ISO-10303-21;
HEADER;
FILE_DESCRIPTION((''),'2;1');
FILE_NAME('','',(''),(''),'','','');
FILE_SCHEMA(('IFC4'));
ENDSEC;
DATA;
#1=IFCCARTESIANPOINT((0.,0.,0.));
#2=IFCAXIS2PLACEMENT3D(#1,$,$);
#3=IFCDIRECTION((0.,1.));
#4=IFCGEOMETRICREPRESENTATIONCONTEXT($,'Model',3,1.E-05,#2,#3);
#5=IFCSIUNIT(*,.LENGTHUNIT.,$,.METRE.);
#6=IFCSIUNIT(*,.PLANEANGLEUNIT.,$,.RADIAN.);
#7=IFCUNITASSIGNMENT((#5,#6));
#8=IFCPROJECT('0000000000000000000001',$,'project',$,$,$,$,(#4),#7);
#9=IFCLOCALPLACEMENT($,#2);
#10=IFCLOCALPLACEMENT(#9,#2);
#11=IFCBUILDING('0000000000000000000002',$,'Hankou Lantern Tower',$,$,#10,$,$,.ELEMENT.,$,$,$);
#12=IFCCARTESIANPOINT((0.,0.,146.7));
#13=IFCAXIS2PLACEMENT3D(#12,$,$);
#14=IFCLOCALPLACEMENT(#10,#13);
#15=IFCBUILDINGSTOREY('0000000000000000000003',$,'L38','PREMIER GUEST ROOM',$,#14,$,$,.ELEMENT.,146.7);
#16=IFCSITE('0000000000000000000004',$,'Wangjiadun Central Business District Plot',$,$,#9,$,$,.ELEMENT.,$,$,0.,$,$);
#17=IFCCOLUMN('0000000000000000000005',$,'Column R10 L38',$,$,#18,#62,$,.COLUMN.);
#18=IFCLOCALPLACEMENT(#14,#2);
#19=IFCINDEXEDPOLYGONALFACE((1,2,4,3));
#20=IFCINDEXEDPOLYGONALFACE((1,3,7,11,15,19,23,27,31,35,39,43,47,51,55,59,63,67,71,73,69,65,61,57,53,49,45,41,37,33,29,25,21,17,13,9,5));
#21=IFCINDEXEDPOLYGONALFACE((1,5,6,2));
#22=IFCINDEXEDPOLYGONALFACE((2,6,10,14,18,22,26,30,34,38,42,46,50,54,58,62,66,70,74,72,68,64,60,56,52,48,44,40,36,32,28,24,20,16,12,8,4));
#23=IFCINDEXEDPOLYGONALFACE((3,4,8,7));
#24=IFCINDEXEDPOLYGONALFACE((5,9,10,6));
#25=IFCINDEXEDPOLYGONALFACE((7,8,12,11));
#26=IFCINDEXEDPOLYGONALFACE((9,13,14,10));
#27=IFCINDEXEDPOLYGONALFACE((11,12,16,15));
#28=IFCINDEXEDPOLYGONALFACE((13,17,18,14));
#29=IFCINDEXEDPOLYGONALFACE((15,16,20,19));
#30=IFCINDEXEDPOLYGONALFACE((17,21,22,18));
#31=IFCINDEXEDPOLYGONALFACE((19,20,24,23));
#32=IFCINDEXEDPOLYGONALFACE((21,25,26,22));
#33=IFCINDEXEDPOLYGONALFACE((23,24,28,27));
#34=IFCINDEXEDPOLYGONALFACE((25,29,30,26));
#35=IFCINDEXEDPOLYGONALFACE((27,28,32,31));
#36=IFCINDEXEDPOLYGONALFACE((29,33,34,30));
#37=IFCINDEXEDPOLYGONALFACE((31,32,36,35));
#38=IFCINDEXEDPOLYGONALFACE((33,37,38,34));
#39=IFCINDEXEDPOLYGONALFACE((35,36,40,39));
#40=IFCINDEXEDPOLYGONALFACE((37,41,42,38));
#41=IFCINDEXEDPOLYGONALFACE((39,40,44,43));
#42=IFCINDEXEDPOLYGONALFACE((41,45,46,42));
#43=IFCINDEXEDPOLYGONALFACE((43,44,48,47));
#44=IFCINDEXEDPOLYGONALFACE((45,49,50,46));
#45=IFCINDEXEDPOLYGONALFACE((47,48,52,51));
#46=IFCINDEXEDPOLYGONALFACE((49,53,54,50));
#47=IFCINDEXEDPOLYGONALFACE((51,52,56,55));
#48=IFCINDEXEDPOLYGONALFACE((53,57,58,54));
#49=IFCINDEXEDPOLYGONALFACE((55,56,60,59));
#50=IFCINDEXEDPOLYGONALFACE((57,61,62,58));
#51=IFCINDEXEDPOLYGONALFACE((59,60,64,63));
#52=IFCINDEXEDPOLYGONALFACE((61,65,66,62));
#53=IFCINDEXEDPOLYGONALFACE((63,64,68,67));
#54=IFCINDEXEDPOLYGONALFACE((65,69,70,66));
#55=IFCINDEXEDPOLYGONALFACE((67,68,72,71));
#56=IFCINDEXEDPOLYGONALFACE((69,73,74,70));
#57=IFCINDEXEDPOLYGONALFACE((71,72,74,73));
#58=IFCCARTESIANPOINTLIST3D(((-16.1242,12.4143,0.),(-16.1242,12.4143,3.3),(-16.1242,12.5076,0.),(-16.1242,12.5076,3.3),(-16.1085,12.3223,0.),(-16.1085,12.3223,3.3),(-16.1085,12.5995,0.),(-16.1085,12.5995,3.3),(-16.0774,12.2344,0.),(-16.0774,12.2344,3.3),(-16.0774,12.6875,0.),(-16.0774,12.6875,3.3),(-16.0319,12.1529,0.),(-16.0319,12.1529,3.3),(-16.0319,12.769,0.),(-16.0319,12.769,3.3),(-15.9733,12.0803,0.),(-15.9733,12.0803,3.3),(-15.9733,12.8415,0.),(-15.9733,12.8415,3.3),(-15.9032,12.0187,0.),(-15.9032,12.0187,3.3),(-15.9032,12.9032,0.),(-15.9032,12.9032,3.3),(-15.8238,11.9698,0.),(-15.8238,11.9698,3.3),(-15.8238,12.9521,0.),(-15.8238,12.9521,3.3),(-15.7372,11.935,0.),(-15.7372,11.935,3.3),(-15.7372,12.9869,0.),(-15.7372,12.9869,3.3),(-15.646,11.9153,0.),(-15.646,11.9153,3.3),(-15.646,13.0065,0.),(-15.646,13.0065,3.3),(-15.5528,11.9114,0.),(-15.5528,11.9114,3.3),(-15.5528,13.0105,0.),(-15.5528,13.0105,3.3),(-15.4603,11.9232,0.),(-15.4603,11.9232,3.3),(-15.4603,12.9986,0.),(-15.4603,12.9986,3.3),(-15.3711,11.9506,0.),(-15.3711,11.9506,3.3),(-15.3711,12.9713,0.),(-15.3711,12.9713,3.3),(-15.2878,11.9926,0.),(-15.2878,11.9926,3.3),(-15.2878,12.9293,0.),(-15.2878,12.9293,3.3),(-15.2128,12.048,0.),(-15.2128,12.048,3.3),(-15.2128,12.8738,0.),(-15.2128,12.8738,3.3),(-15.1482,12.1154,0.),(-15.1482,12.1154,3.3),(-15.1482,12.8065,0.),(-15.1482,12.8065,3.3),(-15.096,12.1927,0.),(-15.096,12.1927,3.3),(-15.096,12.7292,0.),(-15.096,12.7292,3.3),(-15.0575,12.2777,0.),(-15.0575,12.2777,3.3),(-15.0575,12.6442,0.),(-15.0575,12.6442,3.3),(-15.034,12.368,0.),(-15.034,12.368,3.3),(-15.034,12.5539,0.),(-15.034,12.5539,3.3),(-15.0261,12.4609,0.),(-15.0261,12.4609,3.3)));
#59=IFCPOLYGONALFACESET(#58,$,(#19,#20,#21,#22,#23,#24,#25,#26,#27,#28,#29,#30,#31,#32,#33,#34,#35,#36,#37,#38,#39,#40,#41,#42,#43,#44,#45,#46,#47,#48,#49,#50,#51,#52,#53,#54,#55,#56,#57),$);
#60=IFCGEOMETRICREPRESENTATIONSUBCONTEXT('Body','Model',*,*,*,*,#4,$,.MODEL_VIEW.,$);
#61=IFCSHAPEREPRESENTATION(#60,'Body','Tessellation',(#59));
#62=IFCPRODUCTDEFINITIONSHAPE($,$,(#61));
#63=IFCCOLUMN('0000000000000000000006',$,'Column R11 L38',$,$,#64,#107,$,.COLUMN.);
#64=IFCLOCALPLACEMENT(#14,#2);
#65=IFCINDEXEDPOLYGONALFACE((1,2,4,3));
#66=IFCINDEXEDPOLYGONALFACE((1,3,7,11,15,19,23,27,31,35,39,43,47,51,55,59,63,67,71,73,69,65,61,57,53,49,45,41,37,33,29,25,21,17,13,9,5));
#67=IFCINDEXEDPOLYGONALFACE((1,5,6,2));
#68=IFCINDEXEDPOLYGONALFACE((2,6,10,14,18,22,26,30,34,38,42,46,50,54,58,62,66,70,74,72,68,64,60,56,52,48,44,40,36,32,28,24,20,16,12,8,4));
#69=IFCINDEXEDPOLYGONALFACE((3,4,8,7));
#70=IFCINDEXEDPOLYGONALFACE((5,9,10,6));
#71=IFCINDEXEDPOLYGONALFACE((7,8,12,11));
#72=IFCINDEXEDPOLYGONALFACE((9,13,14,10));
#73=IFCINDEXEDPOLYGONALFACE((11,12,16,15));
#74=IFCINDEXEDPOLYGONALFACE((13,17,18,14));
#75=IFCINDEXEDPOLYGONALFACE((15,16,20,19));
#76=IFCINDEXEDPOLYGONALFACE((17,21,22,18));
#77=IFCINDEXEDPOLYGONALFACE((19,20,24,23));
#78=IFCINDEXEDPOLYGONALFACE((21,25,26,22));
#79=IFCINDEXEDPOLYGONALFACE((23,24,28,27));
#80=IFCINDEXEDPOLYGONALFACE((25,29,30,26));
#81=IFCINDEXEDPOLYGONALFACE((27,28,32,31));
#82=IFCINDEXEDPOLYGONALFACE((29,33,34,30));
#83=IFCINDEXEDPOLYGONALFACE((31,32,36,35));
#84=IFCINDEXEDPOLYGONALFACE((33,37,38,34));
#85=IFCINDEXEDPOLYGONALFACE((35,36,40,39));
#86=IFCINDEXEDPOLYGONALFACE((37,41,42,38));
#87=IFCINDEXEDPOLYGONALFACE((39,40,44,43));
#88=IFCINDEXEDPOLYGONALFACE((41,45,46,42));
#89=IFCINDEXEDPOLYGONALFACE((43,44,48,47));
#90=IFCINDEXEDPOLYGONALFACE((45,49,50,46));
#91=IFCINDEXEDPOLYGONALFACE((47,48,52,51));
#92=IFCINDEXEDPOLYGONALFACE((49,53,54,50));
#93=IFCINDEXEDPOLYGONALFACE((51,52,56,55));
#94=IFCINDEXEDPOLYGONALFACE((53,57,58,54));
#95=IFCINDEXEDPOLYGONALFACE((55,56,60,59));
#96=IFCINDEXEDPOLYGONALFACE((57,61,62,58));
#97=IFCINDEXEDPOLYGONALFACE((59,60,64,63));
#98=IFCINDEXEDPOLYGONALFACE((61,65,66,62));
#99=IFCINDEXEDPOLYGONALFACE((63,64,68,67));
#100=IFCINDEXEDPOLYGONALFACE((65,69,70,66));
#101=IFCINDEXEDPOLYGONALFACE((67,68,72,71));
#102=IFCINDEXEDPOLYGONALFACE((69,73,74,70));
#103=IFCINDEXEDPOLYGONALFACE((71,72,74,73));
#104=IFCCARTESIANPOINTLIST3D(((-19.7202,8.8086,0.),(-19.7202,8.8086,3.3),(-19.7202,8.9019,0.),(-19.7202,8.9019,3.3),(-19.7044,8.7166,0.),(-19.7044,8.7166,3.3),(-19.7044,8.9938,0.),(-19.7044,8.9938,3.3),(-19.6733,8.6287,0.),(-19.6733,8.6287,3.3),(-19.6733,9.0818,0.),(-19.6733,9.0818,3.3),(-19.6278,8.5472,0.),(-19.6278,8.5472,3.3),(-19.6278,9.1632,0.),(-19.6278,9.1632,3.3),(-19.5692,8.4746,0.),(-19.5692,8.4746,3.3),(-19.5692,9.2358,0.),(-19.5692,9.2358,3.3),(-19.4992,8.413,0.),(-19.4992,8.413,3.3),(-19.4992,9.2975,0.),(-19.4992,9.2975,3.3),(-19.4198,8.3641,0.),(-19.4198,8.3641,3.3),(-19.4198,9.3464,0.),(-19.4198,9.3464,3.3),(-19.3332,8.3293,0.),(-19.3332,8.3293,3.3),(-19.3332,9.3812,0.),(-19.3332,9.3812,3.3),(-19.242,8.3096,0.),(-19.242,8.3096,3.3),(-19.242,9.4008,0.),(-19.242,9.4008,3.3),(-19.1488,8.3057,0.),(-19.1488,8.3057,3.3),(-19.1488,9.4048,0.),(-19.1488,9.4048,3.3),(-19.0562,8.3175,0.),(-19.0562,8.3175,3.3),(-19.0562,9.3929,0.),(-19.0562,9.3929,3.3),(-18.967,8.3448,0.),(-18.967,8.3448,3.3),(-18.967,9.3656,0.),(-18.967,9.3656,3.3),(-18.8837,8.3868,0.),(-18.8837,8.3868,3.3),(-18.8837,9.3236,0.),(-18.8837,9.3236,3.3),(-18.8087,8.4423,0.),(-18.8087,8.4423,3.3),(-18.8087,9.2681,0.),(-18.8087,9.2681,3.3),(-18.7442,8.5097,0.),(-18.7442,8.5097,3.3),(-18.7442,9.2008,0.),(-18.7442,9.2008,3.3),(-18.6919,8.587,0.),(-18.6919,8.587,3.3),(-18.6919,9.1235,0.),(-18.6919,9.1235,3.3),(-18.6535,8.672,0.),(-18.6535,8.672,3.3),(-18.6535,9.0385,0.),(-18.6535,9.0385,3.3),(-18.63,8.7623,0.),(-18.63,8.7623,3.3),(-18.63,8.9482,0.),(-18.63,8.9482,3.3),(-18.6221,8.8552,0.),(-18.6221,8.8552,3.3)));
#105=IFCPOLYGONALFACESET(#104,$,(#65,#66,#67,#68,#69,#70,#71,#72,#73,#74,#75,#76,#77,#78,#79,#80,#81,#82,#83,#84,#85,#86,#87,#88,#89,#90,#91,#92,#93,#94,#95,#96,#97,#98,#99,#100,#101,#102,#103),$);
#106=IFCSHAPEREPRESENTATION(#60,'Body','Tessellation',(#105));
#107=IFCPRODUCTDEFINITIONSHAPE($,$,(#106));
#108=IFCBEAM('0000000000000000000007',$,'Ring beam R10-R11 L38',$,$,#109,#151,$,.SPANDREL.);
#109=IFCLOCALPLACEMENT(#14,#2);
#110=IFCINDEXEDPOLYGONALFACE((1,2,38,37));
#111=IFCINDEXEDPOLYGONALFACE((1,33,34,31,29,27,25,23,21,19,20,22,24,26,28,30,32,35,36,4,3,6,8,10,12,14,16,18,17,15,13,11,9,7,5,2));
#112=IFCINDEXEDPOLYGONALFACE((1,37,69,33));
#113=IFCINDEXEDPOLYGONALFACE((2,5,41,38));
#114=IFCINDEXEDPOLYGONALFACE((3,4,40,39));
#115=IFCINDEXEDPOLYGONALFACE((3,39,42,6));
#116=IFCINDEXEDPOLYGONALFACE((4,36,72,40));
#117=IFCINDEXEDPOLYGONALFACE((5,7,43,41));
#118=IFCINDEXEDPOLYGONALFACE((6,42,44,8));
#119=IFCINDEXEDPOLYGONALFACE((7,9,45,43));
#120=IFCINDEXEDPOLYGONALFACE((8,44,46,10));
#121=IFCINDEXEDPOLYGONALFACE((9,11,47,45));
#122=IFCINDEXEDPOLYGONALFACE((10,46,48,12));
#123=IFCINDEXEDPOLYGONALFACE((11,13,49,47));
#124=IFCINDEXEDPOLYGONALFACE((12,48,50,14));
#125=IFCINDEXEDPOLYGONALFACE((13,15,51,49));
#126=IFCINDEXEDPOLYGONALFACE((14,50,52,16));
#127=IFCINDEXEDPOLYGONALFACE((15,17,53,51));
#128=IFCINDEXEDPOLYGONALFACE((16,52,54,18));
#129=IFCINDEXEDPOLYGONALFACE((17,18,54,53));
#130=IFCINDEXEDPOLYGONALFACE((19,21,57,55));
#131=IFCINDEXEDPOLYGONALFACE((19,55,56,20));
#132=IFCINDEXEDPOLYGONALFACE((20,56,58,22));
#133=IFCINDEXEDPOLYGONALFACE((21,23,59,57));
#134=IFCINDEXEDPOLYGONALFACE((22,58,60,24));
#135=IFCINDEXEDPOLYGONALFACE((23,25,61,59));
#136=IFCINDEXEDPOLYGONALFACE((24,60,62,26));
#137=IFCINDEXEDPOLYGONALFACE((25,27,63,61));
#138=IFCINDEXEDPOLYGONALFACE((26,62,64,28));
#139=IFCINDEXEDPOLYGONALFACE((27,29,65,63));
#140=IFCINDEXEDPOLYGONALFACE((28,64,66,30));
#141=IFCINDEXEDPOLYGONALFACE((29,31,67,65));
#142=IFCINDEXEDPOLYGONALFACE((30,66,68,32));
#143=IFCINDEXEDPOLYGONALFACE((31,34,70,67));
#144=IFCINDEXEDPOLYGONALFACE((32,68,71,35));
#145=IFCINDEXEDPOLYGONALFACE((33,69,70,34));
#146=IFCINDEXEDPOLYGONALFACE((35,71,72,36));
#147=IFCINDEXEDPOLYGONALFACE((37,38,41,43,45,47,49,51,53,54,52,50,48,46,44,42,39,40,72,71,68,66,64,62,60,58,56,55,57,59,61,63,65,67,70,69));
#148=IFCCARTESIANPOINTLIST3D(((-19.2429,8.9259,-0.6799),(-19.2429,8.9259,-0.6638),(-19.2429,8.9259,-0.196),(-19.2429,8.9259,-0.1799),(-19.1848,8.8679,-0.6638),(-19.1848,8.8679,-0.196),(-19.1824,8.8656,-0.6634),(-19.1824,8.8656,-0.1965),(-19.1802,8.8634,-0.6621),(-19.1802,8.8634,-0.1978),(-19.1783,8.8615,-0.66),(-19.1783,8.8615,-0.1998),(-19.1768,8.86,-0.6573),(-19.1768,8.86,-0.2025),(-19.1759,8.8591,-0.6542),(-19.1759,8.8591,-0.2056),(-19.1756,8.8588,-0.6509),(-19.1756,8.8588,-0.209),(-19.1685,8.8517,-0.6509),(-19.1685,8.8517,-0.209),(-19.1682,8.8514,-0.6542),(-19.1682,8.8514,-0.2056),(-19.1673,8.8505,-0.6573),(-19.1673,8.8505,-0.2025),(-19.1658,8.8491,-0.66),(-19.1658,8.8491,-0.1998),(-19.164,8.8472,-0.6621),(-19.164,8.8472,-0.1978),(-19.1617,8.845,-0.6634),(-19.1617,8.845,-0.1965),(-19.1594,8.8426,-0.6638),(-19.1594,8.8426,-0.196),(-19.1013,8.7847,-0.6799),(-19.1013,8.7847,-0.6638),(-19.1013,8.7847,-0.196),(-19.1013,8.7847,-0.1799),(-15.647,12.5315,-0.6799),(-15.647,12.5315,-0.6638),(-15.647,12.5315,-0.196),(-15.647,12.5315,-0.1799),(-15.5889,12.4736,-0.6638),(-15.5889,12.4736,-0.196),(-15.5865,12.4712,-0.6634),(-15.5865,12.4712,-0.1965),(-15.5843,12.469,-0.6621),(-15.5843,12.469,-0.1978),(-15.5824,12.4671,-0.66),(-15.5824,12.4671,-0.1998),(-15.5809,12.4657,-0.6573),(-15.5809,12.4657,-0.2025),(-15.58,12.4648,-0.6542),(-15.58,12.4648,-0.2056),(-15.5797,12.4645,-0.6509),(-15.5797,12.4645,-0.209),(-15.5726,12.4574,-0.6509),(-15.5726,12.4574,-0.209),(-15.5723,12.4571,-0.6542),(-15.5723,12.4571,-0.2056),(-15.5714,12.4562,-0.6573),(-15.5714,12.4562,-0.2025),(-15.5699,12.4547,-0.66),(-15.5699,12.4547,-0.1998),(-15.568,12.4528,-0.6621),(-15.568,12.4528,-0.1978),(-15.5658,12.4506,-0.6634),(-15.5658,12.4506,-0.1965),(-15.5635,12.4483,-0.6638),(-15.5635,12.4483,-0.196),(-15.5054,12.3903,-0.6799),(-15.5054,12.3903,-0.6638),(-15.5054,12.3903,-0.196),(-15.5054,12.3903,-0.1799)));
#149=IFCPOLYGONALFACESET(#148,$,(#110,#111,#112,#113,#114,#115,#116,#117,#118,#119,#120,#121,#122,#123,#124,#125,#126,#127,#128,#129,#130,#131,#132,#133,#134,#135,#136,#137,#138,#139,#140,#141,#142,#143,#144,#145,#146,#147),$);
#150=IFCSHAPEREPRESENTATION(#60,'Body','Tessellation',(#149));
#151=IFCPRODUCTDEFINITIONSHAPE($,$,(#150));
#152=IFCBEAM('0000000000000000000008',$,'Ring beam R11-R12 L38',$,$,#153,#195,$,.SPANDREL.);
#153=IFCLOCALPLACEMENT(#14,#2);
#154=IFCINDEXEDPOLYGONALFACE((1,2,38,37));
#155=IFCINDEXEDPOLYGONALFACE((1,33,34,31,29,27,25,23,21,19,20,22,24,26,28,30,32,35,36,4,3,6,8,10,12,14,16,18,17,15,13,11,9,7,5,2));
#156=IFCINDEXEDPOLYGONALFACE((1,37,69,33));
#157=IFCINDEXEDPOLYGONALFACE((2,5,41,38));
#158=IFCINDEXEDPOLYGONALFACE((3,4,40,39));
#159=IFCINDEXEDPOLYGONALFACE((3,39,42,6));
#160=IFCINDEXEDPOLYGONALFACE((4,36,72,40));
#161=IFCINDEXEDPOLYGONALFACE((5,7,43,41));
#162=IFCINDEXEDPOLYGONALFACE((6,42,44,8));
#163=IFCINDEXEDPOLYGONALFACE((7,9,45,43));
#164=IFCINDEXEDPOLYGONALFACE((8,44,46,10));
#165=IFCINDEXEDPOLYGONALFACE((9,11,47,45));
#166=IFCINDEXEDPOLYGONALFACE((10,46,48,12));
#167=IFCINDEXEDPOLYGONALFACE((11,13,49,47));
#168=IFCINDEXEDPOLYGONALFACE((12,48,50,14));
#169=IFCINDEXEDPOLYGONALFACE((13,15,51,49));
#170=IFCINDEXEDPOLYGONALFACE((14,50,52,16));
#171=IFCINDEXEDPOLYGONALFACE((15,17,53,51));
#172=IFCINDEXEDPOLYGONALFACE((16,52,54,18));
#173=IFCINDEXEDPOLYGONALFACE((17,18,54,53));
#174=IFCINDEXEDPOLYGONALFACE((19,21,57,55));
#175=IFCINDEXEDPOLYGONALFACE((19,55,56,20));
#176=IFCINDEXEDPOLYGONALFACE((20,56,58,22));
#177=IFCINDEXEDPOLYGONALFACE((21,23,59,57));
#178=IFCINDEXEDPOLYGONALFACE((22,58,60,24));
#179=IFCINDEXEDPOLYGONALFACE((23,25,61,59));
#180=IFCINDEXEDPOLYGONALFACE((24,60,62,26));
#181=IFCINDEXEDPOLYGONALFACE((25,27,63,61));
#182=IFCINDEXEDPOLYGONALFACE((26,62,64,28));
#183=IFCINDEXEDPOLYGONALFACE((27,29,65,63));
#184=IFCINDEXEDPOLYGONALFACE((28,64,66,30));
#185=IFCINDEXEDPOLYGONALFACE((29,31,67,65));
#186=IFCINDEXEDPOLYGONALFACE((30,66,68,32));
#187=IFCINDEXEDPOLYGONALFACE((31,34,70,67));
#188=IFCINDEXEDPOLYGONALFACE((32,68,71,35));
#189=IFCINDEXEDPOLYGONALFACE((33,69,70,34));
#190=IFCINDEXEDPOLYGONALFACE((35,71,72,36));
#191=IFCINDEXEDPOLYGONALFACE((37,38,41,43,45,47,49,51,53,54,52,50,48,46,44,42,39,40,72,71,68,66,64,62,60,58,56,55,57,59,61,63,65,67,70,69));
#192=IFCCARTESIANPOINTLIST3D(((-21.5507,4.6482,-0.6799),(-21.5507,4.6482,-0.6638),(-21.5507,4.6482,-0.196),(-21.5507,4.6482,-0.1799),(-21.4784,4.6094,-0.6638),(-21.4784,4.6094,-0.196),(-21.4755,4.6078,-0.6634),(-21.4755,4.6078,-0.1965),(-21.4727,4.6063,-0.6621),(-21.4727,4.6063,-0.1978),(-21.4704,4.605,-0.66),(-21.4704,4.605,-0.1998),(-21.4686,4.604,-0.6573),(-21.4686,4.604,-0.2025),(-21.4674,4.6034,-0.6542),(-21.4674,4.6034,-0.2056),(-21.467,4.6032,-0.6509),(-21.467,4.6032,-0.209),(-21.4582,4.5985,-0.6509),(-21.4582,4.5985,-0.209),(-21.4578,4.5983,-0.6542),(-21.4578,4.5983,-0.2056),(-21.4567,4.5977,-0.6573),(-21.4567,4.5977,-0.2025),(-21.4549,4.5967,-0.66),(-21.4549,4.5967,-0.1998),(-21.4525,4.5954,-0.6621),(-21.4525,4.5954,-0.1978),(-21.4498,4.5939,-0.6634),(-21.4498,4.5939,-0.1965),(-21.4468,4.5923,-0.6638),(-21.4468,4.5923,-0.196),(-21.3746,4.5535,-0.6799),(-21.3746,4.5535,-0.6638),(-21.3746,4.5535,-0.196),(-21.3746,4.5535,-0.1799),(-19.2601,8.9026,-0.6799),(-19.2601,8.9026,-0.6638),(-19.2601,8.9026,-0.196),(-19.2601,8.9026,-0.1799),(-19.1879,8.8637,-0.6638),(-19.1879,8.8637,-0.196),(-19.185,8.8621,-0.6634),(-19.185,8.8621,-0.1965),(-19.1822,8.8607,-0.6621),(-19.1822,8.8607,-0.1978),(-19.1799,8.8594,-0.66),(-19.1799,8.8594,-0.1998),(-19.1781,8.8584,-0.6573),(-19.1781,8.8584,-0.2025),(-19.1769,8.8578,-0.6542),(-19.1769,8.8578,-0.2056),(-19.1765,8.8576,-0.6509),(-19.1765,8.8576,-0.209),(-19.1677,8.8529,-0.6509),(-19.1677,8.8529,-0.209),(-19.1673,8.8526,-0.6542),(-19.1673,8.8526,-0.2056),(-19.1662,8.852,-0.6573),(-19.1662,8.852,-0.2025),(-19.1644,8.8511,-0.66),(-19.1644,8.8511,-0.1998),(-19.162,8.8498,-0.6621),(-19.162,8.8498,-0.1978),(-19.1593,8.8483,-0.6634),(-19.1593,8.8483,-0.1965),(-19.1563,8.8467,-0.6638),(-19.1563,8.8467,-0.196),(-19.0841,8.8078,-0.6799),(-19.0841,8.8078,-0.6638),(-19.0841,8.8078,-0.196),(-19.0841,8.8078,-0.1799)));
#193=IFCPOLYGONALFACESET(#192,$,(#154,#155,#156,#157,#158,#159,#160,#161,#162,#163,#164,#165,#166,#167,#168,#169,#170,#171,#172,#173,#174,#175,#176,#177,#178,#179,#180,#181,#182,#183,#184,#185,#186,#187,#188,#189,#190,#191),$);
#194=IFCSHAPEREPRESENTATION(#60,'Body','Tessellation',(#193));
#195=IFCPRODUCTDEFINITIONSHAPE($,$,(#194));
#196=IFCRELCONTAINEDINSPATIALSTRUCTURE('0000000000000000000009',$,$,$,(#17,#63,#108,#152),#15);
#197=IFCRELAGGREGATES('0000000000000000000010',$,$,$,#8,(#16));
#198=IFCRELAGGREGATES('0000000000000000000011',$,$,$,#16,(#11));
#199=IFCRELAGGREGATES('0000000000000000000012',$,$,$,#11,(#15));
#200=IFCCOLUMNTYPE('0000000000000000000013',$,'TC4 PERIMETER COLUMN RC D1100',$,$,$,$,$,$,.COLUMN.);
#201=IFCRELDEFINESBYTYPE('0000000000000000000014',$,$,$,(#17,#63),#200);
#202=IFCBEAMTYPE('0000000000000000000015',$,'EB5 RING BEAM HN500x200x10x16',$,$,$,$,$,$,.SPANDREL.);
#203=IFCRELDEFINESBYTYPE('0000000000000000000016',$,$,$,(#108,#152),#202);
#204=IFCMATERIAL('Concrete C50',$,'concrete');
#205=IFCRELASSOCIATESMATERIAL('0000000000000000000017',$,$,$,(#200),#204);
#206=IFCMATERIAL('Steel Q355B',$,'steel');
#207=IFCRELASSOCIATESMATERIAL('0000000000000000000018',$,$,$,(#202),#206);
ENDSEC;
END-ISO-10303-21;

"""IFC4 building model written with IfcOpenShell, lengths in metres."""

from ifc_helpers import new_model, si_unit, direction, frame, origin, origin_2d, place, context, subcontext, project, spatial, circle, i_section, extrude, material, material_profile, profile_set, type_object, element, save


model = new_model("IFC4")

# Units and contexts
model_context = context("Model", 3, precision=1e-05, world=origin(), true_north=direction((0.0, 1.0)))
body_context = subcontext(model_context, "Body", "Model", "MODEL_VIEW")
ifc_project = project(units=[si_unit("LENGTHUNIT", "METRE"), si_unit("PLANEANGLEUNIT", "RADIAN")], contexts=[model_context])

# Site, building, storey
site_placement = place(None, origin())
site = spatial("IfcSite", under=ifc_project, at=site_placement, Name="Wangjiadun Central Business District Plot", CompositionType="ELEMENT", RefElevation=0.0)
building_placement = place(site_placement, origin())
building = spatial("IfcBuilding", under=site, at=building_placement, Name="Hankou Lantern Tower", CompositionType="ELEMENT")
storey_placement = place(building_placement, frame((0.0, 0.0, 146.7)))
storey = spatial("IfcBuildingStorey", under=building, at=storey_placement, Name="L38", Description="PREMIER GUEST ROOM", CompositionType="ELEMENT", Elevation=146.7)

# Columns
ifc_material_1 = material(Name="Concrete C50", Category="concrete")
ifc_material_profile_1 = material_profile(ifc_material_1, circle(Radius=0.55, at=origin_2d()), Name="RC D1100")
ifc_profile_set_1 = profile_set([ifc_material_profile_1], Name="Concrete C50")
column_type = type_object("IfcColumnType", Name="TC4 PERIMETER COLUMN RC D1100", PredefinedType="COLUMN", material=ifc_profile_set_1)
for number, where, z_axis, x_axis, name in (
    (1, (-15.5762, 12.4609, 0.0), (0.0, 0.0, 1.0), (1.0, 0.0, 0.0), "Column R10 L38"),
    (2, (-19.1721, 8.8552, 0.0), (0.0, 0.0, 1.0), (1.0, 0.0, 0.0), "Column R11 L38"),
):
    element("IfcColumn", number, at=place(storey_placement, frame(where, z_axis=z_axis, x_axis=x_axis)), inside=storey, type_object=column_type, Name=name, PredefinedType="COLUMN", context=body_context, shape_type="SweptSolid", body=[
        extrude(circle(Radius=0.55, at=origin_2d()), origin(), (0.0, 0.0, 1.0), 3.3),
    ])

# Beams
ifc_material_2 = material(Name="Steel Q355B", Category="steel")
ifc_material_profile_2 = material_profile(ifc_material_2, i_section(OverallWidth=0.2, OverallDepth=0.5, WebThickness=0.01, FlangeThickness=0.0161, FilletRadius=0.0129, at=origin_2d()), Name="HN500x200x10x16")
ifc_profile_set_2 = profile_set([ifc_material_profile_2], Name="Steel Q355B")
beam_type_1 = type_object("IfcBeamType", Name="EB5 RING BEAM HN500x200x10x16", PredefinedType="SPANDREL", material=ifc_profile_set_2)
beam_1_placement = place(storey_placement, frame((-15.5762, 12.4609, -0.4299), z_axis=(-0.706147, -0.708065, 0.0), x_axis=(0.708065, -0.706147, 0.0)))
element("IfcBeam", 3, at=beam_1_placement, inside=storey, type_object=beam_type_1, Name="Ring beam R10-R11 L38", PredefinedType="SPANDREL", context=body_context, shape_type="SweptSolid", body=[
    extrude(i_section(OverallWidth=0.2, OverallDepth=0.5, WebThickness=0.01, FlangeThickness=0.0161, FilletRadius=0.0129, at=origin_2d()), origin(), (0.0, 0.0, 1.0), 5.0923),
])
beam_2_placement = place(storey_placement, frame((-19.1721, 8.8552, -0.4299), z_axis=(-0.474052, -0.880497, 0.0), x_axis=(0.880497, -0.474052, 0.0)))
element("IfcBeam", 4, at=beam_2_placement, inside=storey, type_object=beam_type_1, Name="Ring beam R11-R12 L38", PredefinedType="SPANDREL", context=body_context, shape_type="SweptSolid", body=[
    extrude(i_section(OverallWidth=0.2, OverallDepth=0.5, WebThickness=0.01, FlangeThickness=0.0161, FilletRadius=0.0129, at=origin_2d()), origin(), (0.0, 0.0, 1.0), 4.8318),
])

save(model, "model.ifc")
